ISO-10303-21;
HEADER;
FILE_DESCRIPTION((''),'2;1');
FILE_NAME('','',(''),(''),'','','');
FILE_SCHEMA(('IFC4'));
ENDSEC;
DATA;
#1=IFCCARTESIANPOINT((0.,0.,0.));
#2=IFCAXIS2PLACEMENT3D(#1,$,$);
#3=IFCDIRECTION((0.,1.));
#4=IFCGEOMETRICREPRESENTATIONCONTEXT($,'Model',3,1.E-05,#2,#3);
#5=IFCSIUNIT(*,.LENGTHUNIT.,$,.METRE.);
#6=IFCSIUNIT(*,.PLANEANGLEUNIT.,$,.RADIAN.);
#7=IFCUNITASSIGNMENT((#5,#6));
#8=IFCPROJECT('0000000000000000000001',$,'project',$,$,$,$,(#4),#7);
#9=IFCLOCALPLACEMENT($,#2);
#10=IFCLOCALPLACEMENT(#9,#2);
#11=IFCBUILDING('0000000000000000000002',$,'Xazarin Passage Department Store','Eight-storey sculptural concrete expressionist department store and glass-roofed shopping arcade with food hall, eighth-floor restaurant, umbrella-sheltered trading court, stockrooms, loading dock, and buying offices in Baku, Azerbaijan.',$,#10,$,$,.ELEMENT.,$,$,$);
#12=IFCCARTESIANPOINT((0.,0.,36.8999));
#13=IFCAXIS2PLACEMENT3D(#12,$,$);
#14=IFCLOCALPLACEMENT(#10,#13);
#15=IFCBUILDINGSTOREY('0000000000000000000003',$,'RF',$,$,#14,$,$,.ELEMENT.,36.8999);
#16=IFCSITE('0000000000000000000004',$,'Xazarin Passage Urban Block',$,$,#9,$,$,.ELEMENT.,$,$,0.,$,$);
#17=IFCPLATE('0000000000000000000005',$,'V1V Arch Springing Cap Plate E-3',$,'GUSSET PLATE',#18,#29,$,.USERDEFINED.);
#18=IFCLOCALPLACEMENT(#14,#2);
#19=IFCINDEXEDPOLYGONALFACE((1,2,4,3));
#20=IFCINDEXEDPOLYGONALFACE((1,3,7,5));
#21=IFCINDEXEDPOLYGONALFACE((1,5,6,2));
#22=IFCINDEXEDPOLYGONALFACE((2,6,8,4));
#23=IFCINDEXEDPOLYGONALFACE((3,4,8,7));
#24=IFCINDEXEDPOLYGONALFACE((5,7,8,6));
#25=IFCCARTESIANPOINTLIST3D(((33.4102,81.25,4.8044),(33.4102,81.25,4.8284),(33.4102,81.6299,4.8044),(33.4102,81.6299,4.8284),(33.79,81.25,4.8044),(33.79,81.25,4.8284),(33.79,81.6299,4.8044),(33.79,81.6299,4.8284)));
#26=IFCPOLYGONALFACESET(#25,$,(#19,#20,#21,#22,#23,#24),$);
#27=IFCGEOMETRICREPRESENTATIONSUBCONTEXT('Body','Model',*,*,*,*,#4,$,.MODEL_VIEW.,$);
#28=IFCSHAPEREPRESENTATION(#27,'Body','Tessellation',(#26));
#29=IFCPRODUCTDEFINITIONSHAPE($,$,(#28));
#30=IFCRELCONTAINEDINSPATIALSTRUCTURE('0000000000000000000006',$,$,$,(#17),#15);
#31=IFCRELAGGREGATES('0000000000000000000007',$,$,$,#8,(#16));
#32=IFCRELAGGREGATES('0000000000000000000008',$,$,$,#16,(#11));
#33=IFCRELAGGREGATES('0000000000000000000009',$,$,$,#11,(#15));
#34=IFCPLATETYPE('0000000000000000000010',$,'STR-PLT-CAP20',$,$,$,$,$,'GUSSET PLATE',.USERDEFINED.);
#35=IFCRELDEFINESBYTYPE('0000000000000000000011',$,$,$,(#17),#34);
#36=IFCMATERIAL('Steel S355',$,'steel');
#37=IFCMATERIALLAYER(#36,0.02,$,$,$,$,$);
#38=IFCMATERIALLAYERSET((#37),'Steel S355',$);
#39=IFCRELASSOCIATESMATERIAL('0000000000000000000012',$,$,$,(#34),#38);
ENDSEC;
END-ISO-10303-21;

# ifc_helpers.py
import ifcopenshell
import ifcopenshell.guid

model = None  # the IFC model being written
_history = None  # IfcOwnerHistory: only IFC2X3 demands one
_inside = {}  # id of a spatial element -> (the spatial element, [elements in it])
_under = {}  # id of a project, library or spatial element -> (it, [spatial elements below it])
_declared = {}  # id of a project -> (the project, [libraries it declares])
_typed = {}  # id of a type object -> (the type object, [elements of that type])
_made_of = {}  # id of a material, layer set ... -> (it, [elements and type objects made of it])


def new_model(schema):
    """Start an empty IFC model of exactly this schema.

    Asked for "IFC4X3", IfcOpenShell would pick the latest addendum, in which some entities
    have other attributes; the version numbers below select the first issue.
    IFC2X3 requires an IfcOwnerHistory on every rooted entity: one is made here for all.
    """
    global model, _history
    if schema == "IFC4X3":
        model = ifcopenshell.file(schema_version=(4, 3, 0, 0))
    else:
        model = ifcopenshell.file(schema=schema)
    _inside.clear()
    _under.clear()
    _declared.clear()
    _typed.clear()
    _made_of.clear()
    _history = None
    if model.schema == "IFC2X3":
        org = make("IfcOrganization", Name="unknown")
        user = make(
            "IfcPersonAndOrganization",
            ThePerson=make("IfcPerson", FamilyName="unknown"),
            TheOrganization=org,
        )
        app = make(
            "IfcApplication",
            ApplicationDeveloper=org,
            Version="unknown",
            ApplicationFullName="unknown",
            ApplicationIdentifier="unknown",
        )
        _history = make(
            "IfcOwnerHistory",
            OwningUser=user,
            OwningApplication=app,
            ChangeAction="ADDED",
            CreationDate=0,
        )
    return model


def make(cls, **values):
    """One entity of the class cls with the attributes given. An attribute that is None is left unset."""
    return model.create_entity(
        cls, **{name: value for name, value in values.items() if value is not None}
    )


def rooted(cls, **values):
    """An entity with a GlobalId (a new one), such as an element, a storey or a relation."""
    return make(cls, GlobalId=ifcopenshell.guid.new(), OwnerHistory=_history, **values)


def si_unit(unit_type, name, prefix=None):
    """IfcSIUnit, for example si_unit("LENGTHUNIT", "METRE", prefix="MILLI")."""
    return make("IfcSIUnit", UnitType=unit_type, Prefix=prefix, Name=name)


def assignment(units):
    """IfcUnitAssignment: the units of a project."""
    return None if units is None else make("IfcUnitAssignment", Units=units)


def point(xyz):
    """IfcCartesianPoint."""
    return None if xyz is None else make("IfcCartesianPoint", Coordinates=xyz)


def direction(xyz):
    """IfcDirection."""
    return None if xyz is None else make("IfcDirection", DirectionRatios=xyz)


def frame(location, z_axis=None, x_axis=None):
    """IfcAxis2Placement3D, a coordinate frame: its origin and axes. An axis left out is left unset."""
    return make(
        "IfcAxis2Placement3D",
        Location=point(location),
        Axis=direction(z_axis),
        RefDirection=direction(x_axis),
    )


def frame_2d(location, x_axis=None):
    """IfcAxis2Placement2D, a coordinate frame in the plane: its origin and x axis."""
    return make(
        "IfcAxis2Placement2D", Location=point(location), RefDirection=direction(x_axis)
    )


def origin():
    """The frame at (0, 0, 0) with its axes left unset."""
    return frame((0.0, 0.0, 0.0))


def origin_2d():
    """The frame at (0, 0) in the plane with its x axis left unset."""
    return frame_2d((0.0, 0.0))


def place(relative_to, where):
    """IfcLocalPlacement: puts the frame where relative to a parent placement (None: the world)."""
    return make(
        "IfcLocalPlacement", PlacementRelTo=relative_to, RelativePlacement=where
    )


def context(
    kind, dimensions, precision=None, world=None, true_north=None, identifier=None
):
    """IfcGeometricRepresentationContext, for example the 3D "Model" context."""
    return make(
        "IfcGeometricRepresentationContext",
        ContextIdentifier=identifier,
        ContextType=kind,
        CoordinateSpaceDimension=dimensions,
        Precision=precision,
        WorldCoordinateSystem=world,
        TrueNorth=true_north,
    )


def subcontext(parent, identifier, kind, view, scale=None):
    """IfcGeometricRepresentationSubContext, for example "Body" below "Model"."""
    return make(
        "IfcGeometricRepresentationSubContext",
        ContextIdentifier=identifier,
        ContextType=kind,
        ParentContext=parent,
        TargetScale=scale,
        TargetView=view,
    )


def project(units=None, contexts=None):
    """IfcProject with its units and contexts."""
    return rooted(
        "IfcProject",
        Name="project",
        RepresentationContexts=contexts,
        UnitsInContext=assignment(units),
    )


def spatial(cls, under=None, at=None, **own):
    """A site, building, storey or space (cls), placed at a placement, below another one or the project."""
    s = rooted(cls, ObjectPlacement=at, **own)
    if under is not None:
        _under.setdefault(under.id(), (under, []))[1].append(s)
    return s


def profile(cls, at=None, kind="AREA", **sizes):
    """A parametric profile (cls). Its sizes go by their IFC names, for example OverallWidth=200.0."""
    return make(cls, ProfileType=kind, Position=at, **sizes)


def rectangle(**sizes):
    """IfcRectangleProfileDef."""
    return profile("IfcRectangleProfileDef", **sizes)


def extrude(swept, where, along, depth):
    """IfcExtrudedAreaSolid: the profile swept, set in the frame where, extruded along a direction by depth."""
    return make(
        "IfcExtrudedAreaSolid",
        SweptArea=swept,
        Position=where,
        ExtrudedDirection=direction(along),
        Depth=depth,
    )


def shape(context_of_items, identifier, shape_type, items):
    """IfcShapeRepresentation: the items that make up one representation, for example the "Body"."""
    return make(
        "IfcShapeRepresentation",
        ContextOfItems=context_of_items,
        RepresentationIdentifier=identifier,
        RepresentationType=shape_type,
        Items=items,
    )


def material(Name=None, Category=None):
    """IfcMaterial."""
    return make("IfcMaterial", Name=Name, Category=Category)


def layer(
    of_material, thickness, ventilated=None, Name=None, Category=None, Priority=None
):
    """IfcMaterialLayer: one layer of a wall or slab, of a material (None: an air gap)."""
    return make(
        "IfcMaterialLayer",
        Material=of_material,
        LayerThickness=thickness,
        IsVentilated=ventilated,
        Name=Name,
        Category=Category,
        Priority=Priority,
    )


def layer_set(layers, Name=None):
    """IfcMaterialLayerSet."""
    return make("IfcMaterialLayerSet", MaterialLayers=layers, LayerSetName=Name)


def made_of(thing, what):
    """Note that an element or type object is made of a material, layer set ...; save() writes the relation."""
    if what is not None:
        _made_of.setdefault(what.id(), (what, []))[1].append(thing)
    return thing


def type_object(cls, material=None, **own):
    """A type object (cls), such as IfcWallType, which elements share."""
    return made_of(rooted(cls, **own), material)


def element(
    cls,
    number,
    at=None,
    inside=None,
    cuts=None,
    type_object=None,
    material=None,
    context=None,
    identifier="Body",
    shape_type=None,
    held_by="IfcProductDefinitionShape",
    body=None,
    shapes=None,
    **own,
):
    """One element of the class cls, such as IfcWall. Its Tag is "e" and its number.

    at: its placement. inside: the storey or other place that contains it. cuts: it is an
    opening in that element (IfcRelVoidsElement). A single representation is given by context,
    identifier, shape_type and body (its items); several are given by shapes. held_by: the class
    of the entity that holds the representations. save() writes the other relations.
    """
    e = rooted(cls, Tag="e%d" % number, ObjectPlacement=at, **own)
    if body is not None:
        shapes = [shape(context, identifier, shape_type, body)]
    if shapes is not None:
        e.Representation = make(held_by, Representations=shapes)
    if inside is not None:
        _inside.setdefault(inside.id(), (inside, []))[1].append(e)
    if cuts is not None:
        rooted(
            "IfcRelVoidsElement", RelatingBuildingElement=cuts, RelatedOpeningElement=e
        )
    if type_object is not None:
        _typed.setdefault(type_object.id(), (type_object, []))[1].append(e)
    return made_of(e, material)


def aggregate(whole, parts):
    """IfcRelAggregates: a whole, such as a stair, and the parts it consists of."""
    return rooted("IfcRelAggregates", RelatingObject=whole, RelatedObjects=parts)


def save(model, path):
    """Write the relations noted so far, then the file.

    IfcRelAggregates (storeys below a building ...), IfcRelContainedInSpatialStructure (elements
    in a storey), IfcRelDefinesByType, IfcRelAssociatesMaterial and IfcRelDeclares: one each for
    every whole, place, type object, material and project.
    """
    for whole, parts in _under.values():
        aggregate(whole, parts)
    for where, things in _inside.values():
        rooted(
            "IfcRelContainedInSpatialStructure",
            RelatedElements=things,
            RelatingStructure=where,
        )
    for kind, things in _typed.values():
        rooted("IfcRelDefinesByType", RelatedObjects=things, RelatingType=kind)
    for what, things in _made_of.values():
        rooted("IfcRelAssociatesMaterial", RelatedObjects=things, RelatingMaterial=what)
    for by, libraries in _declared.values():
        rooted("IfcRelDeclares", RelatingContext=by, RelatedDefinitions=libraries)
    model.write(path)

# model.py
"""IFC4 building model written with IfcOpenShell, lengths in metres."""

from ifc_helpers import new_model, si_unit, direction, frame, origin, origin_2d, place, context, subcontext, project, spatial, rectangle, extrude, material, layer, layer_set, type_object, element, save


model = new_model("IFC4")

# Units and contexts
model_context = context("Model", 3, precision=1e-05, world=origin(), true_north=direction((0.0, 1.0)))
body_context = subcontext(model_context, "Body", "Model", "MODEL_VIEW")
ifc_project = project(units=[si_unit("LENGTHUNIT", "METRE"), si_unit("PLANEANGLEUNIT", "RADIAN")], contexts=[model_context])

# Site, building, storey
site_placement = place(None, origin())
site = spatial("IfcSite", under=ifc_project, at=site_placement, Name="Xazarin Passage Urban Block", CompositionType="ELEMENT", RefElevation=0.0)
building_placement = place(site_placement, origin())
building = spatial("IfcBuilding", under=site, at=building_placement, Name="Xazarin Passage Department Store", Description="Eight-storey sculptural concrete expressionist department store and glass-roofed shopping arcade with food hall, eighth-floor restaurant, umbrella-sheltered trading court, stockrooms, loading dock, and buying offices in Baku, Azerbaijan.", CompositionType="ELEMENT")
storey_placement = place(building_placement, frame((0.0, 0.0, 36.8999)))
storey = spatial("IfcBuildingStorey", under=building, at=storey_placement, Name="RF", CompositionType="ELEMENT", Elevation=36.8999)

# Plate
ifc_material_1 = material(Name="Steel S355", Category="steel")
ifc_layer_1 = layer(ifc_material_1, 0.02)
ifc_layer_set_1 = layer_set([ifc_layer_1], Name="Steel S355")
plate_type_1 = type_object("IfcPlateType", Name="STR-PLT-CAP20", ElementType="GUSSET PLATE", PredefinedType="USERDEFINED", material=ifc_layer_set_1)
for number, where, z_axis, x_axis, name in (
    (1, (33.6001, 81.4399, 4.8044), (0.0, 0.0, 1.0), (1.0, 0.0, 0.0), "V1V Arch Springing Cap Plate E-3"),
):
    element("IfcPlate", number, at=place(storey_placement, frame(where, z_axis=z_axis, x_axis=x_axis)), inside=storey, type_object=plate_type_1, Name=name, ObjectType="GUSSET PLATE", PredefinedType="USERDEFINED", context=body_context, shape_type="SweptSolid", body=[
        extrude(rectangle(XDim=0.3799, YDim=0.3799, at=origin_2d()), origin(), (0.0, 0.0, 1.0), 0.0239),
    ])

save(model, "model.ifc")
